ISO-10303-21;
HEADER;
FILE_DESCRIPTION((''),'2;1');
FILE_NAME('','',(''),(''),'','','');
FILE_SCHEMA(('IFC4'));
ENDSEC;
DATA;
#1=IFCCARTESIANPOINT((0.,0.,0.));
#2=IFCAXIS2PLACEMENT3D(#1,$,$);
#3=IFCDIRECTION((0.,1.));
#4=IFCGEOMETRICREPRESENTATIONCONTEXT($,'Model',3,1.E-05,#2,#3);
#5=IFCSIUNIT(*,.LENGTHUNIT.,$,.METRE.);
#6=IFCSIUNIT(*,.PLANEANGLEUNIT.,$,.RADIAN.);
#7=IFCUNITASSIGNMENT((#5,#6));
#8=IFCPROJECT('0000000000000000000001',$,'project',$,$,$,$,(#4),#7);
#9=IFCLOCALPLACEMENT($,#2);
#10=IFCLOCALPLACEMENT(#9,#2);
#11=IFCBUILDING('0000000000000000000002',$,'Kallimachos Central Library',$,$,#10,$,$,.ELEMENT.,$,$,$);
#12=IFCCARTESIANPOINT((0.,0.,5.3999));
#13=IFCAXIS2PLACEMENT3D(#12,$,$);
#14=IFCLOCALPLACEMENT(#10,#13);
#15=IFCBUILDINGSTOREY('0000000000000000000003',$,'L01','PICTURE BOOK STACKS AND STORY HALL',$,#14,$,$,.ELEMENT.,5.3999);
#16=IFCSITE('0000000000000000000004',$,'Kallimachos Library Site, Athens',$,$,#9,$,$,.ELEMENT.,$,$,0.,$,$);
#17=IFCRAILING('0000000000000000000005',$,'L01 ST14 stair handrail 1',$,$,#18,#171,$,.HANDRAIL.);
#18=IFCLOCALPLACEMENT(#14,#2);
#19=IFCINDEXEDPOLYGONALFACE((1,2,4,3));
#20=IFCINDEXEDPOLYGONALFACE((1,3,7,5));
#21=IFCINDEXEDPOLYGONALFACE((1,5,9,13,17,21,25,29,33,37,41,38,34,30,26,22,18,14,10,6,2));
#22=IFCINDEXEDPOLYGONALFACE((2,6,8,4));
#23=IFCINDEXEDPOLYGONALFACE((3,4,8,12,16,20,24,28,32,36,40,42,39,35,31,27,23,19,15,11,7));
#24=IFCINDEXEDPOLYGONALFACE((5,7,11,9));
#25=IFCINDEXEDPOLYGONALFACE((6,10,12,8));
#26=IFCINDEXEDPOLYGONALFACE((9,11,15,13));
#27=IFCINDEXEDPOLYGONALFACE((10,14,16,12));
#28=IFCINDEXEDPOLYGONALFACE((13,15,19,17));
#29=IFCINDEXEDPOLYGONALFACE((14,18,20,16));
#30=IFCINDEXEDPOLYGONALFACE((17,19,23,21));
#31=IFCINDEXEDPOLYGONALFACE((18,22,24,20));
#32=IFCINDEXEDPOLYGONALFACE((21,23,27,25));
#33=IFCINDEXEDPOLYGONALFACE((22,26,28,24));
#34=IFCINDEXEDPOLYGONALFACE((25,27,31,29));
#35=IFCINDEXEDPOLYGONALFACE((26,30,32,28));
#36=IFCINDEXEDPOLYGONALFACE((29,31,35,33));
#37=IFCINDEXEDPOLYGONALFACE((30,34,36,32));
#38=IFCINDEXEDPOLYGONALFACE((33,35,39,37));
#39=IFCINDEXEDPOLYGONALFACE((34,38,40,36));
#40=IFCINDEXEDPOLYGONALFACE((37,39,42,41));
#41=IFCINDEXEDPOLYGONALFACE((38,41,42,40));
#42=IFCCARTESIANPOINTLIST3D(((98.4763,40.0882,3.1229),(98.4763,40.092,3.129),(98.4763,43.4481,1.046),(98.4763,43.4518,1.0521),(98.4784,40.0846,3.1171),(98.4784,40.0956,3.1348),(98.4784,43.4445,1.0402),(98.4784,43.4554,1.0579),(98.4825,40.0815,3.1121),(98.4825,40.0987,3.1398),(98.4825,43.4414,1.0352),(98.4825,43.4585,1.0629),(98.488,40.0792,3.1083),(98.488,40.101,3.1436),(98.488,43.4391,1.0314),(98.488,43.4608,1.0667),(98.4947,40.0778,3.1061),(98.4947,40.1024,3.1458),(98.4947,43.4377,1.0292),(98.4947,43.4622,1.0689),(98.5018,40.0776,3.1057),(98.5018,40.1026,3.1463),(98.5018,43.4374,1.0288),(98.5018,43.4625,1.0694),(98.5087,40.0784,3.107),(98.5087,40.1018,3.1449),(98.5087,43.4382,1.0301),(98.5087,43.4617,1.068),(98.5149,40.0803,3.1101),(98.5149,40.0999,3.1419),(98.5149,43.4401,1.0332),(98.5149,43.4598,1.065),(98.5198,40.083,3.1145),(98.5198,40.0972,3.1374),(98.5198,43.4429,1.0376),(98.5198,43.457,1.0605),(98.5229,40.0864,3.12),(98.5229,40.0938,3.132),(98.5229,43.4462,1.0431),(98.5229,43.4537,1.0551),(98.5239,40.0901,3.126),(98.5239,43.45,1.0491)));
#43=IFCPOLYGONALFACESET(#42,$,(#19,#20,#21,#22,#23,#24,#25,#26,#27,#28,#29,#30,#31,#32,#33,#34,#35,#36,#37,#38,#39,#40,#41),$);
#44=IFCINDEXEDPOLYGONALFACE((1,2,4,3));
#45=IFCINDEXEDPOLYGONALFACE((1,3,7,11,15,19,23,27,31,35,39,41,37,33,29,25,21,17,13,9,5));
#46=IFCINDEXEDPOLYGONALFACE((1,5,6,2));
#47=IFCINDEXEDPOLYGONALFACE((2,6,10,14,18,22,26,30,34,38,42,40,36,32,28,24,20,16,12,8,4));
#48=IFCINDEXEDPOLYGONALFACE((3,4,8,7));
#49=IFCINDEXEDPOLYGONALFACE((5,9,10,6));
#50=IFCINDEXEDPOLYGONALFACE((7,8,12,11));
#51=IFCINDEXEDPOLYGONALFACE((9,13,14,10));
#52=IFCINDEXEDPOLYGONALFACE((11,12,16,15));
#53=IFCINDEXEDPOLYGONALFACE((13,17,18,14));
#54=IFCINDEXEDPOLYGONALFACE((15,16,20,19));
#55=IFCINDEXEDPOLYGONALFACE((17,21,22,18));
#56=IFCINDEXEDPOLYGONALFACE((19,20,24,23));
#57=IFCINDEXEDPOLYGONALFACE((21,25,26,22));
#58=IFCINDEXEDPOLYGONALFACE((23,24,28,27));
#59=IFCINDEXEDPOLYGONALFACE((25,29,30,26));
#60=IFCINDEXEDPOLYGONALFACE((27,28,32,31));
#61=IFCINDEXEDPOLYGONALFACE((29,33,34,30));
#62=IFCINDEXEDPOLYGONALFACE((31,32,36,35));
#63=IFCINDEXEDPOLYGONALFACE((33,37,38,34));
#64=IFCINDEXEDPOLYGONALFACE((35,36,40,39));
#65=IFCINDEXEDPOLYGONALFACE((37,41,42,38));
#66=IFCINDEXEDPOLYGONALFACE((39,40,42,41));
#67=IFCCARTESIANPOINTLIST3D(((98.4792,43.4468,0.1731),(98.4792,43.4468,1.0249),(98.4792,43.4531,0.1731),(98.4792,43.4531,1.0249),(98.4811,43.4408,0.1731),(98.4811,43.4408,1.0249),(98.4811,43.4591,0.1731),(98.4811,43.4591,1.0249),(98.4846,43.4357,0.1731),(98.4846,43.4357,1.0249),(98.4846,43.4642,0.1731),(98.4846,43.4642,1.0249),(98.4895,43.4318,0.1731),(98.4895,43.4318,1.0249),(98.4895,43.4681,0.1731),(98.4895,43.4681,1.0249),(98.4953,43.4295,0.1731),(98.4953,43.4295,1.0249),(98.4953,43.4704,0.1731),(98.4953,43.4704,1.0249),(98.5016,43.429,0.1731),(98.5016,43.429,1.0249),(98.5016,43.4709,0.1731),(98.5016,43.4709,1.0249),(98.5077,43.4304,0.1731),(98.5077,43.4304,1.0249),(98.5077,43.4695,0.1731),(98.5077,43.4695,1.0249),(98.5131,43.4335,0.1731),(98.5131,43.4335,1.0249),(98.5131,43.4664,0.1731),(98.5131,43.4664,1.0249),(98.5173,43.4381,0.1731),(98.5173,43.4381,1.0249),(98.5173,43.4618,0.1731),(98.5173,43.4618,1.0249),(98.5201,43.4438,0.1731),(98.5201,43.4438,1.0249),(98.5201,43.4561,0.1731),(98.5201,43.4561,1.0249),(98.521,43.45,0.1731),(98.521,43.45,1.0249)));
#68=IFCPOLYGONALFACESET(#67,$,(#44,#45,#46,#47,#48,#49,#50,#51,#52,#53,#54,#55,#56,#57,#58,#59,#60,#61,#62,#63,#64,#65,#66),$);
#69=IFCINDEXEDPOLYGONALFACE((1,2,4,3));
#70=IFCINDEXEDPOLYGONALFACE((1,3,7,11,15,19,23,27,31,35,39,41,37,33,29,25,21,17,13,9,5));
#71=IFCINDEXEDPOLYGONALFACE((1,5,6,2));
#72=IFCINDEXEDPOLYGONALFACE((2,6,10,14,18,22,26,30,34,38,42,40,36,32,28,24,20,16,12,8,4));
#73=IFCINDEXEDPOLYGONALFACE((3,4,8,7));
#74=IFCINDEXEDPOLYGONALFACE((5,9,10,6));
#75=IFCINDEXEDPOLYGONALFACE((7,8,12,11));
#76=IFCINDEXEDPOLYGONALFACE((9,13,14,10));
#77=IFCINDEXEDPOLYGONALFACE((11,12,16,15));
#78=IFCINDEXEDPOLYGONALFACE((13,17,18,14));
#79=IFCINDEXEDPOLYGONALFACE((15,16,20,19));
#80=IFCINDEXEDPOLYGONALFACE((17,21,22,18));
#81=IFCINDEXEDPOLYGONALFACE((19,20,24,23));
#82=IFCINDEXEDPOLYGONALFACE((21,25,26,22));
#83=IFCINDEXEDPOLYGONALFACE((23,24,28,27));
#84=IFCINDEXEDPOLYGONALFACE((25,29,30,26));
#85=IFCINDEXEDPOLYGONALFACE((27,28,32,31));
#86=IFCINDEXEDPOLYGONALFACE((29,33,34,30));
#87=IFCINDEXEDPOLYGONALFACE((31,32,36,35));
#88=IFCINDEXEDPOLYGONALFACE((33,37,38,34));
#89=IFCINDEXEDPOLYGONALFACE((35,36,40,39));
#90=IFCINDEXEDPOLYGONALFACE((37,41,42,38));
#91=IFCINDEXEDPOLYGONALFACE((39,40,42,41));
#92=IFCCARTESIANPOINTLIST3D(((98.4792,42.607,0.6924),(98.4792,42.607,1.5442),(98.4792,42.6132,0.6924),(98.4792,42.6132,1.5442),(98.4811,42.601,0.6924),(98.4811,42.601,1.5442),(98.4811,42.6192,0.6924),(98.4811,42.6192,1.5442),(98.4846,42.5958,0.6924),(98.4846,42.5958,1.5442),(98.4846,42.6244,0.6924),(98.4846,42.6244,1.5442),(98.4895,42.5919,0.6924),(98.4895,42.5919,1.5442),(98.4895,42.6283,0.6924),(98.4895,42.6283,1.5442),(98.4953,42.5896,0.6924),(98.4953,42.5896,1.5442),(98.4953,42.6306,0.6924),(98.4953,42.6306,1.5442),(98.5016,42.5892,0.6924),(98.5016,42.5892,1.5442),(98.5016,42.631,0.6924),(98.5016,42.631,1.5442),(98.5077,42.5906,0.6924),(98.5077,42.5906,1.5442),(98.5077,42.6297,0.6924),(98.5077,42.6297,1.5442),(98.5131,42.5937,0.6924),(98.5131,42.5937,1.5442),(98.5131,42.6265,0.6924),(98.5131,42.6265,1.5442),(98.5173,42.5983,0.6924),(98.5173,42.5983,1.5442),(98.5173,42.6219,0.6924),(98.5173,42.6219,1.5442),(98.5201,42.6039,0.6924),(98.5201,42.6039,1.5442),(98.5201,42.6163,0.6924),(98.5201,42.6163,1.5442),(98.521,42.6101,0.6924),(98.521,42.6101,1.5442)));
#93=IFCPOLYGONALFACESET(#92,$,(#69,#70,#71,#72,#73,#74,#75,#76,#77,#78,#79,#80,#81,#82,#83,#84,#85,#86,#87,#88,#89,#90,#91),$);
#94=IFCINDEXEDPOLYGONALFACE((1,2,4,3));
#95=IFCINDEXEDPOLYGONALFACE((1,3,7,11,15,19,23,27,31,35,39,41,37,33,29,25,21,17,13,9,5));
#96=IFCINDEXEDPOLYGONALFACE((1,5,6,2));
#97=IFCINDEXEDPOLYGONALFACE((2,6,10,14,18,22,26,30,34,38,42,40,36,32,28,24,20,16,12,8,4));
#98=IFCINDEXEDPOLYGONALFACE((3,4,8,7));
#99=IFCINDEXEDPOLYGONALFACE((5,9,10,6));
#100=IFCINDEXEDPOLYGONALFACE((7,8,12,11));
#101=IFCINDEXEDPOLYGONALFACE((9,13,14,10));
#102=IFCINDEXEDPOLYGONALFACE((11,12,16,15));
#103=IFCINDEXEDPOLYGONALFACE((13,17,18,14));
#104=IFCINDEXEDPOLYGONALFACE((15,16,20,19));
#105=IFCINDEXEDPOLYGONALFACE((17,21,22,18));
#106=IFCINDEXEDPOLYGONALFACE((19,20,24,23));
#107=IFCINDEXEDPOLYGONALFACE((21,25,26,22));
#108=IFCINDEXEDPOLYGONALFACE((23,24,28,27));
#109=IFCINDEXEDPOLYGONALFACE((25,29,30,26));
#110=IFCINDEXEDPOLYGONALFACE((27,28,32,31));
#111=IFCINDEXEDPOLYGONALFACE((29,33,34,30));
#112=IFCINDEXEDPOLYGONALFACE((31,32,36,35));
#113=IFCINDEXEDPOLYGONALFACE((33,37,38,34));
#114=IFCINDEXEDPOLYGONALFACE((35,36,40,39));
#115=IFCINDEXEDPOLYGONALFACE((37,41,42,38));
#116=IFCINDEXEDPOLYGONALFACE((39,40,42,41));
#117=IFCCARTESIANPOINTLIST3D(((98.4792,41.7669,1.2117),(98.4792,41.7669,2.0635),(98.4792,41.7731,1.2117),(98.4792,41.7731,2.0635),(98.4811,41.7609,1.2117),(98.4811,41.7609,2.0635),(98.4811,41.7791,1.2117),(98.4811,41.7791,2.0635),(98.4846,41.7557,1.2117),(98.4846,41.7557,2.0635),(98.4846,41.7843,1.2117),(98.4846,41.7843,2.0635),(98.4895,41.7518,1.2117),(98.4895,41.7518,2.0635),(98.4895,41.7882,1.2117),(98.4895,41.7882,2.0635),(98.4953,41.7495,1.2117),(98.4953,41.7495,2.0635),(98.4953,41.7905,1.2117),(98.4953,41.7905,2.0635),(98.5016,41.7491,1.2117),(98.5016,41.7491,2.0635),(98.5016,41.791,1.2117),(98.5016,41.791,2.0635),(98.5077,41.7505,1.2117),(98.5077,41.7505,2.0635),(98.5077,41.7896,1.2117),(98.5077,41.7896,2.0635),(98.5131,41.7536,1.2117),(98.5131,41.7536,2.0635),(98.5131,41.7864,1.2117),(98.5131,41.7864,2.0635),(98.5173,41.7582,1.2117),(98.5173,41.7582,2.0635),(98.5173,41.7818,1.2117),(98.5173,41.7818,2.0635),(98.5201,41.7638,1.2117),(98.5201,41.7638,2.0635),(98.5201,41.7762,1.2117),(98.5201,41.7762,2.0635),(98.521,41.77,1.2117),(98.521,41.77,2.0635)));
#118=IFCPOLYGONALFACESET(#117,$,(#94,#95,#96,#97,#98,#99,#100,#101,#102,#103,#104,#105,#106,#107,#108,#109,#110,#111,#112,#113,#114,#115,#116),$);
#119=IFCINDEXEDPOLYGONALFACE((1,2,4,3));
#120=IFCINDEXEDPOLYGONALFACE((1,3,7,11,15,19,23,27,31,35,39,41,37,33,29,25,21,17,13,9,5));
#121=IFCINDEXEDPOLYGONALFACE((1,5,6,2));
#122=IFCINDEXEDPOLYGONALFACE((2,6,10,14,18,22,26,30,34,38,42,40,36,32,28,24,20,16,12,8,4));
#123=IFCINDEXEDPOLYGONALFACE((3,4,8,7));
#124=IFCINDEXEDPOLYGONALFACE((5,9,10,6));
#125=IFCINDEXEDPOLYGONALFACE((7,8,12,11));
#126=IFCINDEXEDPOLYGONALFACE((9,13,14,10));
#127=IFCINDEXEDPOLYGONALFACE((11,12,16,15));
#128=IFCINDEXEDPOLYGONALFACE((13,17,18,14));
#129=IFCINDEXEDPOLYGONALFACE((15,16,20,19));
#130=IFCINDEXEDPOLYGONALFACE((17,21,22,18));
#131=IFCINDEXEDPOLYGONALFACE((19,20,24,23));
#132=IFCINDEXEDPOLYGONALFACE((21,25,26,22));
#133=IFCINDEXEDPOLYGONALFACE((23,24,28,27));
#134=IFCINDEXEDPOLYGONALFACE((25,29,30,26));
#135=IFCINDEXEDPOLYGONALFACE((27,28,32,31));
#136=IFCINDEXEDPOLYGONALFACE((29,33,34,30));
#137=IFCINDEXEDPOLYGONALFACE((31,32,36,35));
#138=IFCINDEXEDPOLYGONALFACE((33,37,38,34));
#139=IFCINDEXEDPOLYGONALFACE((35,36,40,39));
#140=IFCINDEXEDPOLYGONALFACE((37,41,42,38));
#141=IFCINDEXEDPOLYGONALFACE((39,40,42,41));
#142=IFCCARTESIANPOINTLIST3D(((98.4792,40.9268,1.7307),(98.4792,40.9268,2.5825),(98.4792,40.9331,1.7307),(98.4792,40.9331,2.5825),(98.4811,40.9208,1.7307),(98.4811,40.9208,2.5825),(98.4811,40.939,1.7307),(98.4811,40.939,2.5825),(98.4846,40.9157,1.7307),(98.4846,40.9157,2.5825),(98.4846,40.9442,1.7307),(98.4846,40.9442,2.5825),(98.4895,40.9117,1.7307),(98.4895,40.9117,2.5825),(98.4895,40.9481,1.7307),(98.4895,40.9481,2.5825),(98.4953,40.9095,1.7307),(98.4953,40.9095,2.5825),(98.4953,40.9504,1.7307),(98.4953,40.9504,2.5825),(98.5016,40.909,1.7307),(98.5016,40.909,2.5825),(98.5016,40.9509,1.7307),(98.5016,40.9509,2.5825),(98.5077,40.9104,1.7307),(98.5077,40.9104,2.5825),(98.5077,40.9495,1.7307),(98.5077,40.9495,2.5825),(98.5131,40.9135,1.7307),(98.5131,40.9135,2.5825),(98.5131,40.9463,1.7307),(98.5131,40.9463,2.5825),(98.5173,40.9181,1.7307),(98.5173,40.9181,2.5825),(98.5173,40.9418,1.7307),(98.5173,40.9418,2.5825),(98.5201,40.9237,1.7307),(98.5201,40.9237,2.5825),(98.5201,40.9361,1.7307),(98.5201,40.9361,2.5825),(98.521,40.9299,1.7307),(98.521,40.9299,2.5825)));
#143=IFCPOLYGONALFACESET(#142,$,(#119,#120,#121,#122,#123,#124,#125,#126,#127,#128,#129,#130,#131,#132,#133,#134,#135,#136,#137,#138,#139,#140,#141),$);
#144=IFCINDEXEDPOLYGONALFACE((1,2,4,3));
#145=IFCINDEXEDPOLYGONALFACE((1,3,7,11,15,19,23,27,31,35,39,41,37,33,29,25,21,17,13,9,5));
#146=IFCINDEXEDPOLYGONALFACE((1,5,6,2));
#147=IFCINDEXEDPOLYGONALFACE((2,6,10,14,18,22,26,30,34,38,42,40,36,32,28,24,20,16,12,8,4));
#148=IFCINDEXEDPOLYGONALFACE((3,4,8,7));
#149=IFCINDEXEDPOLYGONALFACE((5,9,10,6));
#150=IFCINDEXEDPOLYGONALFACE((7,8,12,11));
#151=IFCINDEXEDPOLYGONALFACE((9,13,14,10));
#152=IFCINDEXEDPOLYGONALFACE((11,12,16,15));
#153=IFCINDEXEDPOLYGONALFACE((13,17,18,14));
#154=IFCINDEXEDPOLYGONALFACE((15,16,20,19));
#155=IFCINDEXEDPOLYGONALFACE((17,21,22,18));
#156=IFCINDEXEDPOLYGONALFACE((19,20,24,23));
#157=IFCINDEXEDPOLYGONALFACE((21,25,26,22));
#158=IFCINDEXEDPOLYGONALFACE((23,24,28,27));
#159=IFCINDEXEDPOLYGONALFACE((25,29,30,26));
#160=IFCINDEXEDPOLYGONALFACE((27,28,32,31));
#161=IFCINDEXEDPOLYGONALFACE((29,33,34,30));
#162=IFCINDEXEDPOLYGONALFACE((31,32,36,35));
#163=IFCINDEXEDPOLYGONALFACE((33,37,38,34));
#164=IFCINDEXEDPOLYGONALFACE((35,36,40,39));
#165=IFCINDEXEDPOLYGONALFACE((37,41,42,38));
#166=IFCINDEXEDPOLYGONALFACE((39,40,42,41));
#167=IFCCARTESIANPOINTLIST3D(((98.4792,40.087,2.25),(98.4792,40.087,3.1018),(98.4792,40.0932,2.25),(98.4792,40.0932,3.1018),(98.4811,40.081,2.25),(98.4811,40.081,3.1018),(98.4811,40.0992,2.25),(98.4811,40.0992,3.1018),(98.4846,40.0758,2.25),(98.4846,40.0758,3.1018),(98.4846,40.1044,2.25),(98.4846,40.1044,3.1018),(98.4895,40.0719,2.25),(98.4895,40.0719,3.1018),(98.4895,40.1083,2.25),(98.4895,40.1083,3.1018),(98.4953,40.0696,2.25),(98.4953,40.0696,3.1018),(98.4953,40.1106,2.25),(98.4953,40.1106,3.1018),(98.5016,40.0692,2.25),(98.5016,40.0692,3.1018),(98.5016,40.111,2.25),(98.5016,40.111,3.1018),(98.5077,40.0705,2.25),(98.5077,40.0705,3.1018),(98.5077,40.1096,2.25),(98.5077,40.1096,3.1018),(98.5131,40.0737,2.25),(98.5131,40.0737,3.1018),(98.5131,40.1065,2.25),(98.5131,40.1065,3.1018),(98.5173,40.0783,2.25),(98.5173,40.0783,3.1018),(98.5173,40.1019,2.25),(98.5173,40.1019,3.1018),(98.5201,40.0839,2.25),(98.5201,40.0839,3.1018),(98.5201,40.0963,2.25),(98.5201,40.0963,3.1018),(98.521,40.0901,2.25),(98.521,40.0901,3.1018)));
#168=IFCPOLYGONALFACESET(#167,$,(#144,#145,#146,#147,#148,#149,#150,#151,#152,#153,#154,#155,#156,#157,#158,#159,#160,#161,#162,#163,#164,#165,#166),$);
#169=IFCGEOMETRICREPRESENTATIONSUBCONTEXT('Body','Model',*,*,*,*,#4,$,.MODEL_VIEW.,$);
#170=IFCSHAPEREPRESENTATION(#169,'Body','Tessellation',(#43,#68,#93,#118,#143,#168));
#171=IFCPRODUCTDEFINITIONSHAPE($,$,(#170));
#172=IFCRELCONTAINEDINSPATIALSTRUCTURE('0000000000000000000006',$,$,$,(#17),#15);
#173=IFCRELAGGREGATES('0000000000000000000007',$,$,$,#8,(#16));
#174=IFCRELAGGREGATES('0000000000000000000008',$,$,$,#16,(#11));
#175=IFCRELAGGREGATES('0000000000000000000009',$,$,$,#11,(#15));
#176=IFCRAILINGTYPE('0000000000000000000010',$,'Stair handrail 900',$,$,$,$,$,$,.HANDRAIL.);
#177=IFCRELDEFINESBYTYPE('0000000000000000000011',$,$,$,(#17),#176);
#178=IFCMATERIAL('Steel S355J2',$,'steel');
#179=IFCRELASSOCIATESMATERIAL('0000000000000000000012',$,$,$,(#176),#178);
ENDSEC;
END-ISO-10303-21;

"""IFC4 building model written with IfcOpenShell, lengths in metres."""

from ifc_helpers import new_model, si_unit, direction, frame, origin, origin_2d, place, context, subcontext, project, spatial, circle, extrude, material, type_object, element, save


model = new_model("IFC4")

# Units and contexts
model_context = context("Model", 3, precision=1e-05, world=origin(), true_north=direction((0.0, 1.0)))
body_context = subcontext(model_context, "Body", "Model", "MODEL_VIEW")
ifc_project = project(units=[si_unit("LENGTHUNIT", "METRE"), si_unit("PLANEANGLEUNIT", "RADIAN")], contexts=[model_context])

# Site, building, storey
site_placement = place(None, origin())
site = spatial("IfcSite", under=ifc_project, at=site_placement, Name="Kallimachos Library Site, Athens", CompositionType="ELEMENT", RefElevation=0.0)
building_placement = place(site_placement, origin())
building = spatial("IfcBuilding", under=site, at=building_placement, Name="Kallimachos Central Library", CompositionType="ELEMENT")
storey_placement = place(building_placement, frame((0.0, 0.0, 5.3999)))
storey = spatial("IfcBuildingStorey", under=building, at=storey_placement, Name="L01", Description="PICTURE BOOK STACKS AND STORY HALL", CompositionType="ELEMENT", Elevation=5.3999)

# Railing
ifc_material_1 = material(Name="Steel S355J2", Category="steel")
railing_type_1 = type_object("IfcRailingType", Name="Stair handrail 900", PredefinedType="HANDRAIL", material=ifc_material_1)
railing_1_placement = place(storey_placement, frame((98.5, 43.45, 0.1731)))
element("IfcRailing", 1, at=railing_1_placement, inside=storey, type_object=railing_type_1, Name="L01 ST14 stair handrail 1", PredefinedType="HANDRAIL", context=body_context, shape_type="SweptSolid", body=[
    extrude(circle(Radius=0.0239, at=origin_2d()), frame((0.0, 0.0, 0.876), z_axis=(0.0, -0.850606, 0.525803), x_axis=(1.0, 0.0, 0.0)), (0.0, 0.0, 1.0), 3.95),
    extrude(circle(Radius=0.021, at=origin_2d()), origin(), (0.0, 0.0, 1.0), 0.8518),
    extrude(circle(Radius=0.021, at=origin_2d()), frame((0.0, -0.8398, 0.5193)), (0.0, 0.0, 1.0), 0.8518),
    extrude(circle(Radius=0.021, at=origin_2d()), frame((0.0, -1.6799, 1.0386)), (0.0, 0.0, 1.0), 0.8518),
    extrude(circle(Radius=0.021, at=origin_2d()), frame((0.0, -2.52, 1.5576)), (0.0, 0.0, 1.0), 0.8518),
    extrude(circle(Radius=0.021, at=origin_2d()), frame((0.0, -3.3599, 2.0769)), (0.0, 0.0, 1.0), 0.8518),
])

save(model, "model.ifc")
